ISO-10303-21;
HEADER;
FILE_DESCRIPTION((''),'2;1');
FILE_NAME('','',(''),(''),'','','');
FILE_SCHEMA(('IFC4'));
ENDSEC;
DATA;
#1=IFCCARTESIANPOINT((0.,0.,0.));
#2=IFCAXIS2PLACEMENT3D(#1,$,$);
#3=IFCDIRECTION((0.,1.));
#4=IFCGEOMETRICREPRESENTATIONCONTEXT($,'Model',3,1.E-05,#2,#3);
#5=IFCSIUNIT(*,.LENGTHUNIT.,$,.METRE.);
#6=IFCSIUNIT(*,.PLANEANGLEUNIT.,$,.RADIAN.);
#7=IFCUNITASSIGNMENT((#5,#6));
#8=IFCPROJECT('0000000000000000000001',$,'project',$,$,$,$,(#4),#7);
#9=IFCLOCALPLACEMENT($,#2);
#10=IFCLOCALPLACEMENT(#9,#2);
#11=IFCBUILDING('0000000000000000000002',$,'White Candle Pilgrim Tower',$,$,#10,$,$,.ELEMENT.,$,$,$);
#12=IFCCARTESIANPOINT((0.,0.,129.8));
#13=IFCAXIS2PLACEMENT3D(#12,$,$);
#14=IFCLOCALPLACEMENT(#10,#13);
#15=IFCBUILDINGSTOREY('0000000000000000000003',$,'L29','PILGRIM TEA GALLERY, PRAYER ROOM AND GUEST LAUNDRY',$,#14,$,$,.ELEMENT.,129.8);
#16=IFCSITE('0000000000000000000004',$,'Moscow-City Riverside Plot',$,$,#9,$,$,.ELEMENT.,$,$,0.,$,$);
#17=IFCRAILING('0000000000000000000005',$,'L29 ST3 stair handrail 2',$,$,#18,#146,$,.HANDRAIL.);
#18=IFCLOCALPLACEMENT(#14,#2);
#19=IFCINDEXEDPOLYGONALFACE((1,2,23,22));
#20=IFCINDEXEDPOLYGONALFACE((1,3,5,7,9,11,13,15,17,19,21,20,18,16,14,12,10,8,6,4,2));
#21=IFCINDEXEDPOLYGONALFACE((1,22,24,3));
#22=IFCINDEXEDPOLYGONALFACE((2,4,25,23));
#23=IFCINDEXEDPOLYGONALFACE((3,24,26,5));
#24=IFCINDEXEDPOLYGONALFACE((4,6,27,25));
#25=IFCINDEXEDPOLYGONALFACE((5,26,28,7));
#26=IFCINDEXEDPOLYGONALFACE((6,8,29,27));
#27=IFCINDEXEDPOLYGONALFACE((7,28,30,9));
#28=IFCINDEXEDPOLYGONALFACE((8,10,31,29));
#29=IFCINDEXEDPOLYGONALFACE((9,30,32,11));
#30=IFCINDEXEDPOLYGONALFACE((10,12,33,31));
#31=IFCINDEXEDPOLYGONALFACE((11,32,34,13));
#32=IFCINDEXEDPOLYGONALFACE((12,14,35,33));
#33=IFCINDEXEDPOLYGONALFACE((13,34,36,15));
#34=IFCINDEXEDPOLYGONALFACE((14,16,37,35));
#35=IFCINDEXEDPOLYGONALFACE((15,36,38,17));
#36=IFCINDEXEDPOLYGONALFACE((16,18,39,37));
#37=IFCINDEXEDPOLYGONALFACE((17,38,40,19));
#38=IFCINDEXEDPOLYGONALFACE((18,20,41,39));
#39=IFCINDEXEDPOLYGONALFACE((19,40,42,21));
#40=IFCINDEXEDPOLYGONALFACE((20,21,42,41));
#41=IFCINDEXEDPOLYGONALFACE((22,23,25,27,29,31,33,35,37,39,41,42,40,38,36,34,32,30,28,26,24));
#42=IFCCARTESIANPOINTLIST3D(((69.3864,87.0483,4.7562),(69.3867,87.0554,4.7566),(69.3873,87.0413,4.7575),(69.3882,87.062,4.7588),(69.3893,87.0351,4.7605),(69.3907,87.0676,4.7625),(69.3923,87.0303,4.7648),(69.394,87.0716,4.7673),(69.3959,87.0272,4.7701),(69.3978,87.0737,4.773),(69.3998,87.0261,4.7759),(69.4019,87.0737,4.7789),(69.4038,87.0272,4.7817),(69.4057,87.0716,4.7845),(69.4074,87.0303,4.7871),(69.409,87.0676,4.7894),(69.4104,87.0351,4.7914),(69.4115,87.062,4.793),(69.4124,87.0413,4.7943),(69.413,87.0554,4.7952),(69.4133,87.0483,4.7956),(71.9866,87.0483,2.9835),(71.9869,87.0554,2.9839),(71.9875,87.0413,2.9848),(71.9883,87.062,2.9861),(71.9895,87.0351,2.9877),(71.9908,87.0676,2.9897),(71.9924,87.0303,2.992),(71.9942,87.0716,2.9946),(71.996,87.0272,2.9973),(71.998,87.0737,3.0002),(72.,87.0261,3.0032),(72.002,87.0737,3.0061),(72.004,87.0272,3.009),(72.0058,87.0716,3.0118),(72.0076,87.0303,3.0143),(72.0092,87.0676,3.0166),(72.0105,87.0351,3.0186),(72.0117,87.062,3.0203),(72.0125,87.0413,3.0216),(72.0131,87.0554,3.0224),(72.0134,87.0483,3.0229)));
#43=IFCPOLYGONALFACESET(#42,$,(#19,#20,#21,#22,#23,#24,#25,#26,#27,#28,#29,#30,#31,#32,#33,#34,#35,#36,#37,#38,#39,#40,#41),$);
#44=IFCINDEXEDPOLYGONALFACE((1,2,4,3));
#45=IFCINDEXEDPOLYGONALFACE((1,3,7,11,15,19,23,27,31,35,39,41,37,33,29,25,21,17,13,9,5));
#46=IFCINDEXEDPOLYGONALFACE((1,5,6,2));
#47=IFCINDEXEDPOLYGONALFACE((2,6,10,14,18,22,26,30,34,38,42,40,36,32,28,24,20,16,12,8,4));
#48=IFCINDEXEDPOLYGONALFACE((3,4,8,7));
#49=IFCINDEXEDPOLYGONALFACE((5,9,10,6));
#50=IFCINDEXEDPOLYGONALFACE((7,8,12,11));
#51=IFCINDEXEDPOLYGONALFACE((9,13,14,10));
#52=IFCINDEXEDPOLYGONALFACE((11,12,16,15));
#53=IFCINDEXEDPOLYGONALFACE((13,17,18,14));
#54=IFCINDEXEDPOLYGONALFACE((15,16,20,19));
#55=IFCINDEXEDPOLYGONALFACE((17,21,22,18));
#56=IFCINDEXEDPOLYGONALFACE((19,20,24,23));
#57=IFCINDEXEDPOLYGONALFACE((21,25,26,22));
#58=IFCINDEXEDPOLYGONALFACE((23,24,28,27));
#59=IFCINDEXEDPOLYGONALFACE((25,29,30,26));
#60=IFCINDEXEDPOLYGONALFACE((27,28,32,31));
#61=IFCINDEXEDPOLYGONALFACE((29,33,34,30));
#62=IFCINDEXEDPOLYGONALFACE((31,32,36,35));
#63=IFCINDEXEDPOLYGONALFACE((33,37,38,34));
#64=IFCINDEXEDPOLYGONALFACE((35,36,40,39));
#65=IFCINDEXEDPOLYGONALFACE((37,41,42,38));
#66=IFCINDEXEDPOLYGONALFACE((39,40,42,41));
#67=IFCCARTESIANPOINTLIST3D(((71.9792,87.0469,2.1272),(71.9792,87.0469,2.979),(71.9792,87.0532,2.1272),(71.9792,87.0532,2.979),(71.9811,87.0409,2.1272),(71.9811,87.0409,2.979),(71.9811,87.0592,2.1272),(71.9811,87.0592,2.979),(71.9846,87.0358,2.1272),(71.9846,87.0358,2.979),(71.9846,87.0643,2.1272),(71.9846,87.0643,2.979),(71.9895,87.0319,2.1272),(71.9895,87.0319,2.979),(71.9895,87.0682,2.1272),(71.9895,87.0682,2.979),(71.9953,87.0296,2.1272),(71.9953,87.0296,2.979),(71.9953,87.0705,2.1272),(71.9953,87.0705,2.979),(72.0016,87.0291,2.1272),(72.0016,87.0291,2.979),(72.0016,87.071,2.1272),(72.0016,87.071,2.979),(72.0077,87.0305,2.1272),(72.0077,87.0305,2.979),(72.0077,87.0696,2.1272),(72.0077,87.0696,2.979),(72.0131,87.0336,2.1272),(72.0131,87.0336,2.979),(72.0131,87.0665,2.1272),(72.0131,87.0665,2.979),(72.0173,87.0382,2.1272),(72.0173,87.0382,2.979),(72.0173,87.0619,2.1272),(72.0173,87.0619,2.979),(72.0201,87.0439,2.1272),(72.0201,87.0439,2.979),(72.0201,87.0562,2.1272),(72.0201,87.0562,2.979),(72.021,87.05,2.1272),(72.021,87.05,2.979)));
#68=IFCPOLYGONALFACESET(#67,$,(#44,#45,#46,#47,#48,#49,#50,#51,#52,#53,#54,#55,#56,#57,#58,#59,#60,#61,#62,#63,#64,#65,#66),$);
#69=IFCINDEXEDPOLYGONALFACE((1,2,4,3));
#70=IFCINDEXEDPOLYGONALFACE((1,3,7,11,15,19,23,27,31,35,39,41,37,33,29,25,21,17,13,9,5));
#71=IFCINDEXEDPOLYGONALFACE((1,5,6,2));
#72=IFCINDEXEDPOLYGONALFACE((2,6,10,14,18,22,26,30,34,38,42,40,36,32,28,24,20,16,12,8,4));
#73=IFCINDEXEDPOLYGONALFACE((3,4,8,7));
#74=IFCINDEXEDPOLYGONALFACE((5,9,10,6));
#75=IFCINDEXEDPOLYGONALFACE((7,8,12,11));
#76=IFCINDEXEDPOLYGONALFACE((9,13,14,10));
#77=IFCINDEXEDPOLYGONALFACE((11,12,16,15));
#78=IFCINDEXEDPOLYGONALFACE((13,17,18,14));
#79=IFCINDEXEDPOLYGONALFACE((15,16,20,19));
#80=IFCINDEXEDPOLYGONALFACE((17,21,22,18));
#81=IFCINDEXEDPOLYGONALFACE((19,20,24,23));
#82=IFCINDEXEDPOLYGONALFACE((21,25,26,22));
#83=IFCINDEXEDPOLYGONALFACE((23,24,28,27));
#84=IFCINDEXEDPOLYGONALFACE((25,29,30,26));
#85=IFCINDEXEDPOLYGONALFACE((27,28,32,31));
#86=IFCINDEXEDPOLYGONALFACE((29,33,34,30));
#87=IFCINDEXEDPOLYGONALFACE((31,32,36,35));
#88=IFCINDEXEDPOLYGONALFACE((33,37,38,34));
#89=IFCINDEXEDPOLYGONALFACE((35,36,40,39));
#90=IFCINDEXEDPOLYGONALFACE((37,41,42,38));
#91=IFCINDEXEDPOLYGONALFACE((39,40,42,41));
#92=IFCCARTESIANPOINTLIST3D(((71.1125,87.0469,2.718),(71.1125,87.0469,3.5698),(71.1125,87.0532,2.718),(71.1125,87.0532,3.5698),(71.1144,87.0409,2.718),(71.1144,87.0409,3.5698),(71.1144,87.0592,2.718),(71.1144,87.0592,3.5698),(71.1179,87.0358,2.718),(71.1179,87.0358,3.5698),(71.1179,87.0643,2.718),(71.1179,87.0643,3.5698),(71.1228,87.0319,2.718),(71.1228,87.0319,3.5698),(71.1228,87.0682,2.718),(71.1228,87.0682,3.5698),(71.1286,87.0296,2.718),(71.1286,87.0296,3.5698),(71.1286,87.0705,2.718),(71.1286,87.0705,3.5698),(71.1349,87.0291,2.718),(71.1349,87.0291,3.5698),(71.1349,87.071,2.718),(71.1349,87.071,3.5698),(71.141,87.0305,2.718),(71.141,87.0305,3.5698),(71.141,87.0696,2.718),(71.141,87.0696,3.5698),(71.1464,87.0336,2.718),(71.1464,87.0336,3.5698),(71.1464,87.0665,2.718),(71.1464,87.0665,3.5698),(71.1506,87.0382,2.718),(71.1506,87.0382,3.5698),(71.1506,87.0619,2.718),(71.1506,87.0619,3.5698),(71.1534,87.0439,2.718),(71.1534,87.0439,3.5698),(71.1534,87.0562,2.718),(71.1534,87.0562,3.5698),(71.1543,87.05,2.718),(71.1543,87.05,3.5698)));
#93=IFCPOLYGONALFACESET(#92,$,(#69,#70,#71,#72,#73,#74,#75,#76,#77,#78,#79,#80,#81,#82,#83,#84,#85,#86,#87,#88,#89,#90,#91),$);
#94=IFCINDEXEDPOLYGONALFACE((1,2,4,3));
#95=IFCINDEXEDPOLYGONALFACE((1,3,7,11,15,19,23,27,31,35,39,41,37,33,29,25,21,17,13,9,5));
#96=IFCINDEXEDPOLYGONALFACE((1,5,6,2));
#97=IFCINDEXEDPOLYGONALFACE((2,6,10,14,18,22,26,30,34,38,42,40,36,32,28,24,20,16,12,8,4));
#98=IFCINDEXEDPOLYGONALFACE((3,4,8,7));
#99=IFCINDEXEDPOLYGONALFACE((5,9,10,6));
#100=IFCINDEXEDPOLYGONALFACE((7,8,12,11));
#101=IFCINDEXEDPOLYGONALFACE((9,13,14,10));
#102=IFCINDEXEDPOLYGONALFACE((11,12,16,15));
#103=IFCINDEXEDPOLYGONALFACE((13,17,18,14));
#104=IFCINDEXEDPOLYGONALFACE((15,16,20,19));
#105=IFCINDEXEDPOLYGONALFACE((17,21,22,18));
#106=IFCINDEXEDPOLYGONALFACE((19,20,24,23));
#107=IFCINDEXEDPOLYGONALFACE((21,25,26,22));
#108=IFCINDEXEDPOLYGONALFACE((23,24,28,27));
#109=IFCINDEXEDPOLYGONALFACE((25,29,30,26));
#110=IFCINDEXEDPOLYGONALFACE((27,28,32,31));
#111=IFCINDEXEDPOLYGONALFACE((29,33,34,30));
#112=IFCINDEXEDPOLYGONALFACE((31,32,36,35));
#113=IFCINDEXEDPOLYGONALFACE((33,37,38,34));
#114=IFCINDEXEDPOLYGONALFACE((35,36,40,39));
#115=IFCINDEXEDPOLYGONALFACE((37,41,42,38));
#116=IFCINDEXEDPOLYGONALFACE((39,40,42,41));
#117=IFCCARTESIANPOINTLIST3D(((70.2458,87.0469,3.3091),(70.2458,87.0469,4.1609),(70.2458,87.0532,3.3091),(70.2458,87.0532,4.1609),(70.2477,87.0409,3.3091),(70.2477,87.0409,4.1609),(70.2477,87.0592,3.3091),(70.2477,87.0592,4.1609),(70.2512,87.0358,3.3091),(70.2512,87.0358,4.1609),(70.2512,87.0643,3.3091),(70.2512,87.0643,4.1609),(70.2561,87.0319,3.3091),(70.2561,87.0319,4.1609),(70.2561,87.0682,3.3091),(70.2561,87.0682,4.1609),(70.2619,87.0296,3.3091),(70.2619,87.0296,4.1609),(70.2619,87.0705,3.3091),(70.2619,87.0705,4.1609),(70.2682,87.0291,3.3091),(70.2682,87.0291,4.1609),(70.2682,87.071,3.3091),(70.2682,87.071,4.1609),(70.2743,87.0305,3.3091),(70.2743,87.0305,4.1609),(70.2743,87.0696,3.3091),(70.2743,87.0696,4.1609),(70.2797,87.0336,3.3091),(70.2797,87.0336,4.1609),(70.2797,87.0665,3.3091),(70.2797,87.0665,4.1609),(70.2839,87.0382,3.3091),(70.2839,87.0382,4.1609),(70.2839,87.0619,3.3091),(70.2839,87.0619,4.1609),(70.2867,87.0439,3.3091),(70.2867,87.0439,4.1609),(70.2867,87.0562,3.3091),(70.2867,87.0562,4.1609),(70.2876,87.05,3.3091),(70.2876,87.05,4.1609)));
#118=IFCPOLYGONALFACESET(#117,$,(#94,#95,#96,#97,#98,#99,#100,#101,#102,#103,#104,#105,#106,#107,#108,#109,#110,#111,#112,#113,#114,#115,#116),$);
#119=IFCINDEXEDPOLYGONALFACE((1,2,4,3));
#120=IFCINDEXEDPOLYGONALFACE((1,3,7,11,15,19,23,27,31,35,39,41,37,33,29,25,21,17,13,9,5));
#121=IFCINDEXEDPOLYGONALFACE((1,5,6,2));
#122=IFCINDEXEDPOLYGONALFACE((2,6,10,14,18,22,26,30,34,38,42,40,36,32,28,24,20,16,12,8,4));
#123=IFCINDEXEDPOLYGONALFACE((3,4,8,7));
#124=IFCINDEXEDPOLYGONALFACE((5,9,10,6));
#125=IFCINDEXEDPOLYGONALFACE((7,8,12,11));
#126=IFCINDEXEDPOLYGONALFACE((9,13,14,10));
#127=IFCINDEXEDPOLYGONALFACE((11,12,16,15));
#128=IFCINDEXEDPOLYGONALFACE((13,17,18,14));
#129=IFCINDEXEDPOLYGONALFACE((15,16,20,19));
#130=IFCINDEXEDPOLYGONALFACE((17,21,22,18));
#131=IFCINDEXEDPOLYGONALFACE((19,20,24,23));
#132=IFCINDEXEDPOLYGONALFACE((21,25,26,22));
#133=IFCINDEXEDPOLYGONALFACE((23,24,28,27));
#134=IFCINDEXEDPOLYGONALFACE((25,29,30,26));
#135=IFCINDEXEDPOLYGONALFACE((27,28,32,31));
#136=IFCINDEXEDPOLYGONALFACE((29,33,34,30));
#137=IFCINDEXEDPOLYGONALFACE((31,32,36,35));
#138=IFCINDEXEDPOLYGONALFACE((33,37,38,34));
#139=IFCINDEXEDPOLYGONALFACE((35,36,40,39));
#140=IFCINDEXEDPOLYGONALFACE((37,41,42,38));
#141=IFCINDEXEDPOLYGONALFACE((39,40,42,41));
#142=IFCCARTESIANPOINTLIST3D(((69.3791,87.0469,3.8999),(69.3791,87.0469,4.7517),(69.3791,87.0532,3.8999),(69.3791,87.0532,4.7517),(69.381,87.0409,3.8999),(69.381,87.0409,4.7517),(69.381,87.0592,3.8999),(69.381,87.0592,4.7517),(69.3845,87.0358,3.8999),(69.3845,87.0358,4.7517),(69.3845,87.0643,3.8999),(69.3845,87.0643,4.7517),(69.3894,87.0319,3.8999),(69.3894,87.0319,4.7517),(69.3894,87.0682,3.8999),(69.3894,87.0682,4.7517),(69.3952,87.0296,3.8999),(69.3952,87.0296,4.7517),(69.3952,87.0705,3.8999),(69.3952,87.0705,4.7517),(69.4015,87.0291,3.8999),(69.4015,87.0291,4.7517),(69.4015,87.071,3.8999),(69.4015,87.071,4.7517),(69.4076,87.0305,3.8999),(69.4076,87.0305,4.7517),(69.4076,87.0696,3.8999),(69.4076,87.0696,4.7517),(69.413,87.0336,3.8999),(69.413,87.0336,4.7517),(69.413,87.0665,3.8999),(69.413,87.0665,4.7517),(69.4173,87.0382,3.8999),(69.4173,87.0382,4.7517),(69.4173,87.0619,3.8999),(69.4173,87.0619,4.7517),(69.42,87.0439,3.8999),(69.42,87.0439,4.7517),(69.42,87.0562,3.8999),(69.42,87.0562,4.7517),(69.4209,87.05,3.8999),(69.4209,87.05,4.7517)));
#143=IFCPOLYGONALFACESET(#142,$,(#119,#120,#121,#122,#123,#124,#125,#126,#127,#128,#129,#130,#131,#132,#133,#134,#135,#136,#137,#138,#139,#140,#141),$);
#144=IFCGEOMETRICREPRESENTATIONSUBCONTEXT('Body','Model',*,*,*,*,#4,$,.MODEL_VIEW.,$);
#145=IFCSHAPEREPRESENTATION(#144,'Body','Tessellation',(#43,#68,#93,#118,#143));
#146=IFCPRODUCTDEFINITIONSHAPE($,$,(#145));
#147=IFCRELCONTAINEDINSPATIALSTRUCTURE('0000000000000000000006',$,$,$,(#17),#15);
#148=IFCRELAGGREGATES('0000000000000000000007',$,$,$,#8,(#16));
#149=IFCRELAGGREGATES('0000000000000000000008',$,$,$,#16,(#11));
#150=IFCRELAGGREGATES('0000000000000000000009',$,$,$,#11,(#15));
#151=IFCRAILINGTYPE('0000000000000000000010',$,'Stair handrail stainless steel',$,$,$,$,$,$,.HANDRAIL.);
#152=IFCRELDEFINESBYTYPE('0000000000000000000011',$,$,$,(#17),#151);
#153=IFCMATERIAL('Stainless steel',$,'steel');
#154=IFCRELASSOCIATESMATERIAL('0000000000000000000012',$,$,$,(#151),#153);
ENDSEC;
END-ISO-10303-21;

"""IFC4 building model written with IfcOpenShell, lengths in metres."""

from ifc_helpers import new_model, si_unit, direction, frame, origin, origin_2d, place, context, subcontext, project, spatial, circle, extrude, material, type_object, element, save


model = new_model("IFC4")

# Units and contexts
model_context = context("Model", 3, precision=1e-05, world=origin(), true_north=direction((0.0, 1.0)))
body_context = subcontext(model_context, "Body", "Model", "MODEL_VIEW")
ifc_project = project(units=[si_unit("LENGTHUNIT", "METRE"), si_unit("PLANEANGLEUNIT", "RADIAN")], contexts=[model_context])

# Site, building, storey
site_placement = place(None, origin())
site = spatial("IfcSite", under=ifc_project, at=site_placement, Name="Moscow-City Riverside Plot", CompositionType="ELEMENT", RefElevation=0.0)
building_placement = place(site_placement, origin())
building = spatial("IfcBuilding", under=site, at=building_placement, Name="White Candle Pilgrim Tower", CompositionType="ELEMENT")
storey_placement = place(building_placement, frame((0.0, 0.0, 129.8)))
storey = spatial("IfcBuildingStorey", under=building, at=storey_placement, Name="L29", Description="PILGRIM TEA GALLERY, PRAYER ROOM AND GUEST LAUNDRY", CompositionType="ELEMENT", Elevation=129.8)

# Railing
ifc_material_1 = material(Name="Stainless steel", Category="steel")
railing_type_1 = type_object("IfcRailingType", Name="Stair handrail stainless steel", PredefinedType="HANDRAIL", material=ifc_material_1)
railing_1_placement = place(storey_placement, frame((72.0, 87.05, 2.1272)))
element("IfcRailing", 1, at=railing_1_placement, inside=storey, type_object=railing_type_1, Name="L29 ST3 stair handrail 2", PredefinedType="HANDRAIL", context=body_context, shape_type="SweptSolid", body=[
    extrude(circle(Radius=0.0239, at=origin_2d()), frame((0.0, 0.0, 0.876), z_axis=(-0.82624, 0.0, 0.563318), x_axis=(0.0, -1.0, 0.0)), (0.0, 0.0, 1.0), 3.147),
    extrude(circle(Radius=0.021, at=origin_2d()), origin(), (0.0, 0.0, 1.0), 0.8518),
    extrude(circle(Radius=0.021, at=origin_2d()), frame((-0.8667, 0.0, 0.5908)), (0.0, 0.0, 1.0), 0.8518),
    extrude(circle(Radius=0.021, at=origin_2d()), frame((-1.7334, 0.0, 1.1819)), (0.0, 0.0, 1.0), 0.8518),
    extrude(circle(Radius=0.021, at=origin_2d()), frame((-2.6001, 0.0, 1.7727)), (0.0, 0.0, 1.0), 0.8518),
])

save(model, "model.ifc")
